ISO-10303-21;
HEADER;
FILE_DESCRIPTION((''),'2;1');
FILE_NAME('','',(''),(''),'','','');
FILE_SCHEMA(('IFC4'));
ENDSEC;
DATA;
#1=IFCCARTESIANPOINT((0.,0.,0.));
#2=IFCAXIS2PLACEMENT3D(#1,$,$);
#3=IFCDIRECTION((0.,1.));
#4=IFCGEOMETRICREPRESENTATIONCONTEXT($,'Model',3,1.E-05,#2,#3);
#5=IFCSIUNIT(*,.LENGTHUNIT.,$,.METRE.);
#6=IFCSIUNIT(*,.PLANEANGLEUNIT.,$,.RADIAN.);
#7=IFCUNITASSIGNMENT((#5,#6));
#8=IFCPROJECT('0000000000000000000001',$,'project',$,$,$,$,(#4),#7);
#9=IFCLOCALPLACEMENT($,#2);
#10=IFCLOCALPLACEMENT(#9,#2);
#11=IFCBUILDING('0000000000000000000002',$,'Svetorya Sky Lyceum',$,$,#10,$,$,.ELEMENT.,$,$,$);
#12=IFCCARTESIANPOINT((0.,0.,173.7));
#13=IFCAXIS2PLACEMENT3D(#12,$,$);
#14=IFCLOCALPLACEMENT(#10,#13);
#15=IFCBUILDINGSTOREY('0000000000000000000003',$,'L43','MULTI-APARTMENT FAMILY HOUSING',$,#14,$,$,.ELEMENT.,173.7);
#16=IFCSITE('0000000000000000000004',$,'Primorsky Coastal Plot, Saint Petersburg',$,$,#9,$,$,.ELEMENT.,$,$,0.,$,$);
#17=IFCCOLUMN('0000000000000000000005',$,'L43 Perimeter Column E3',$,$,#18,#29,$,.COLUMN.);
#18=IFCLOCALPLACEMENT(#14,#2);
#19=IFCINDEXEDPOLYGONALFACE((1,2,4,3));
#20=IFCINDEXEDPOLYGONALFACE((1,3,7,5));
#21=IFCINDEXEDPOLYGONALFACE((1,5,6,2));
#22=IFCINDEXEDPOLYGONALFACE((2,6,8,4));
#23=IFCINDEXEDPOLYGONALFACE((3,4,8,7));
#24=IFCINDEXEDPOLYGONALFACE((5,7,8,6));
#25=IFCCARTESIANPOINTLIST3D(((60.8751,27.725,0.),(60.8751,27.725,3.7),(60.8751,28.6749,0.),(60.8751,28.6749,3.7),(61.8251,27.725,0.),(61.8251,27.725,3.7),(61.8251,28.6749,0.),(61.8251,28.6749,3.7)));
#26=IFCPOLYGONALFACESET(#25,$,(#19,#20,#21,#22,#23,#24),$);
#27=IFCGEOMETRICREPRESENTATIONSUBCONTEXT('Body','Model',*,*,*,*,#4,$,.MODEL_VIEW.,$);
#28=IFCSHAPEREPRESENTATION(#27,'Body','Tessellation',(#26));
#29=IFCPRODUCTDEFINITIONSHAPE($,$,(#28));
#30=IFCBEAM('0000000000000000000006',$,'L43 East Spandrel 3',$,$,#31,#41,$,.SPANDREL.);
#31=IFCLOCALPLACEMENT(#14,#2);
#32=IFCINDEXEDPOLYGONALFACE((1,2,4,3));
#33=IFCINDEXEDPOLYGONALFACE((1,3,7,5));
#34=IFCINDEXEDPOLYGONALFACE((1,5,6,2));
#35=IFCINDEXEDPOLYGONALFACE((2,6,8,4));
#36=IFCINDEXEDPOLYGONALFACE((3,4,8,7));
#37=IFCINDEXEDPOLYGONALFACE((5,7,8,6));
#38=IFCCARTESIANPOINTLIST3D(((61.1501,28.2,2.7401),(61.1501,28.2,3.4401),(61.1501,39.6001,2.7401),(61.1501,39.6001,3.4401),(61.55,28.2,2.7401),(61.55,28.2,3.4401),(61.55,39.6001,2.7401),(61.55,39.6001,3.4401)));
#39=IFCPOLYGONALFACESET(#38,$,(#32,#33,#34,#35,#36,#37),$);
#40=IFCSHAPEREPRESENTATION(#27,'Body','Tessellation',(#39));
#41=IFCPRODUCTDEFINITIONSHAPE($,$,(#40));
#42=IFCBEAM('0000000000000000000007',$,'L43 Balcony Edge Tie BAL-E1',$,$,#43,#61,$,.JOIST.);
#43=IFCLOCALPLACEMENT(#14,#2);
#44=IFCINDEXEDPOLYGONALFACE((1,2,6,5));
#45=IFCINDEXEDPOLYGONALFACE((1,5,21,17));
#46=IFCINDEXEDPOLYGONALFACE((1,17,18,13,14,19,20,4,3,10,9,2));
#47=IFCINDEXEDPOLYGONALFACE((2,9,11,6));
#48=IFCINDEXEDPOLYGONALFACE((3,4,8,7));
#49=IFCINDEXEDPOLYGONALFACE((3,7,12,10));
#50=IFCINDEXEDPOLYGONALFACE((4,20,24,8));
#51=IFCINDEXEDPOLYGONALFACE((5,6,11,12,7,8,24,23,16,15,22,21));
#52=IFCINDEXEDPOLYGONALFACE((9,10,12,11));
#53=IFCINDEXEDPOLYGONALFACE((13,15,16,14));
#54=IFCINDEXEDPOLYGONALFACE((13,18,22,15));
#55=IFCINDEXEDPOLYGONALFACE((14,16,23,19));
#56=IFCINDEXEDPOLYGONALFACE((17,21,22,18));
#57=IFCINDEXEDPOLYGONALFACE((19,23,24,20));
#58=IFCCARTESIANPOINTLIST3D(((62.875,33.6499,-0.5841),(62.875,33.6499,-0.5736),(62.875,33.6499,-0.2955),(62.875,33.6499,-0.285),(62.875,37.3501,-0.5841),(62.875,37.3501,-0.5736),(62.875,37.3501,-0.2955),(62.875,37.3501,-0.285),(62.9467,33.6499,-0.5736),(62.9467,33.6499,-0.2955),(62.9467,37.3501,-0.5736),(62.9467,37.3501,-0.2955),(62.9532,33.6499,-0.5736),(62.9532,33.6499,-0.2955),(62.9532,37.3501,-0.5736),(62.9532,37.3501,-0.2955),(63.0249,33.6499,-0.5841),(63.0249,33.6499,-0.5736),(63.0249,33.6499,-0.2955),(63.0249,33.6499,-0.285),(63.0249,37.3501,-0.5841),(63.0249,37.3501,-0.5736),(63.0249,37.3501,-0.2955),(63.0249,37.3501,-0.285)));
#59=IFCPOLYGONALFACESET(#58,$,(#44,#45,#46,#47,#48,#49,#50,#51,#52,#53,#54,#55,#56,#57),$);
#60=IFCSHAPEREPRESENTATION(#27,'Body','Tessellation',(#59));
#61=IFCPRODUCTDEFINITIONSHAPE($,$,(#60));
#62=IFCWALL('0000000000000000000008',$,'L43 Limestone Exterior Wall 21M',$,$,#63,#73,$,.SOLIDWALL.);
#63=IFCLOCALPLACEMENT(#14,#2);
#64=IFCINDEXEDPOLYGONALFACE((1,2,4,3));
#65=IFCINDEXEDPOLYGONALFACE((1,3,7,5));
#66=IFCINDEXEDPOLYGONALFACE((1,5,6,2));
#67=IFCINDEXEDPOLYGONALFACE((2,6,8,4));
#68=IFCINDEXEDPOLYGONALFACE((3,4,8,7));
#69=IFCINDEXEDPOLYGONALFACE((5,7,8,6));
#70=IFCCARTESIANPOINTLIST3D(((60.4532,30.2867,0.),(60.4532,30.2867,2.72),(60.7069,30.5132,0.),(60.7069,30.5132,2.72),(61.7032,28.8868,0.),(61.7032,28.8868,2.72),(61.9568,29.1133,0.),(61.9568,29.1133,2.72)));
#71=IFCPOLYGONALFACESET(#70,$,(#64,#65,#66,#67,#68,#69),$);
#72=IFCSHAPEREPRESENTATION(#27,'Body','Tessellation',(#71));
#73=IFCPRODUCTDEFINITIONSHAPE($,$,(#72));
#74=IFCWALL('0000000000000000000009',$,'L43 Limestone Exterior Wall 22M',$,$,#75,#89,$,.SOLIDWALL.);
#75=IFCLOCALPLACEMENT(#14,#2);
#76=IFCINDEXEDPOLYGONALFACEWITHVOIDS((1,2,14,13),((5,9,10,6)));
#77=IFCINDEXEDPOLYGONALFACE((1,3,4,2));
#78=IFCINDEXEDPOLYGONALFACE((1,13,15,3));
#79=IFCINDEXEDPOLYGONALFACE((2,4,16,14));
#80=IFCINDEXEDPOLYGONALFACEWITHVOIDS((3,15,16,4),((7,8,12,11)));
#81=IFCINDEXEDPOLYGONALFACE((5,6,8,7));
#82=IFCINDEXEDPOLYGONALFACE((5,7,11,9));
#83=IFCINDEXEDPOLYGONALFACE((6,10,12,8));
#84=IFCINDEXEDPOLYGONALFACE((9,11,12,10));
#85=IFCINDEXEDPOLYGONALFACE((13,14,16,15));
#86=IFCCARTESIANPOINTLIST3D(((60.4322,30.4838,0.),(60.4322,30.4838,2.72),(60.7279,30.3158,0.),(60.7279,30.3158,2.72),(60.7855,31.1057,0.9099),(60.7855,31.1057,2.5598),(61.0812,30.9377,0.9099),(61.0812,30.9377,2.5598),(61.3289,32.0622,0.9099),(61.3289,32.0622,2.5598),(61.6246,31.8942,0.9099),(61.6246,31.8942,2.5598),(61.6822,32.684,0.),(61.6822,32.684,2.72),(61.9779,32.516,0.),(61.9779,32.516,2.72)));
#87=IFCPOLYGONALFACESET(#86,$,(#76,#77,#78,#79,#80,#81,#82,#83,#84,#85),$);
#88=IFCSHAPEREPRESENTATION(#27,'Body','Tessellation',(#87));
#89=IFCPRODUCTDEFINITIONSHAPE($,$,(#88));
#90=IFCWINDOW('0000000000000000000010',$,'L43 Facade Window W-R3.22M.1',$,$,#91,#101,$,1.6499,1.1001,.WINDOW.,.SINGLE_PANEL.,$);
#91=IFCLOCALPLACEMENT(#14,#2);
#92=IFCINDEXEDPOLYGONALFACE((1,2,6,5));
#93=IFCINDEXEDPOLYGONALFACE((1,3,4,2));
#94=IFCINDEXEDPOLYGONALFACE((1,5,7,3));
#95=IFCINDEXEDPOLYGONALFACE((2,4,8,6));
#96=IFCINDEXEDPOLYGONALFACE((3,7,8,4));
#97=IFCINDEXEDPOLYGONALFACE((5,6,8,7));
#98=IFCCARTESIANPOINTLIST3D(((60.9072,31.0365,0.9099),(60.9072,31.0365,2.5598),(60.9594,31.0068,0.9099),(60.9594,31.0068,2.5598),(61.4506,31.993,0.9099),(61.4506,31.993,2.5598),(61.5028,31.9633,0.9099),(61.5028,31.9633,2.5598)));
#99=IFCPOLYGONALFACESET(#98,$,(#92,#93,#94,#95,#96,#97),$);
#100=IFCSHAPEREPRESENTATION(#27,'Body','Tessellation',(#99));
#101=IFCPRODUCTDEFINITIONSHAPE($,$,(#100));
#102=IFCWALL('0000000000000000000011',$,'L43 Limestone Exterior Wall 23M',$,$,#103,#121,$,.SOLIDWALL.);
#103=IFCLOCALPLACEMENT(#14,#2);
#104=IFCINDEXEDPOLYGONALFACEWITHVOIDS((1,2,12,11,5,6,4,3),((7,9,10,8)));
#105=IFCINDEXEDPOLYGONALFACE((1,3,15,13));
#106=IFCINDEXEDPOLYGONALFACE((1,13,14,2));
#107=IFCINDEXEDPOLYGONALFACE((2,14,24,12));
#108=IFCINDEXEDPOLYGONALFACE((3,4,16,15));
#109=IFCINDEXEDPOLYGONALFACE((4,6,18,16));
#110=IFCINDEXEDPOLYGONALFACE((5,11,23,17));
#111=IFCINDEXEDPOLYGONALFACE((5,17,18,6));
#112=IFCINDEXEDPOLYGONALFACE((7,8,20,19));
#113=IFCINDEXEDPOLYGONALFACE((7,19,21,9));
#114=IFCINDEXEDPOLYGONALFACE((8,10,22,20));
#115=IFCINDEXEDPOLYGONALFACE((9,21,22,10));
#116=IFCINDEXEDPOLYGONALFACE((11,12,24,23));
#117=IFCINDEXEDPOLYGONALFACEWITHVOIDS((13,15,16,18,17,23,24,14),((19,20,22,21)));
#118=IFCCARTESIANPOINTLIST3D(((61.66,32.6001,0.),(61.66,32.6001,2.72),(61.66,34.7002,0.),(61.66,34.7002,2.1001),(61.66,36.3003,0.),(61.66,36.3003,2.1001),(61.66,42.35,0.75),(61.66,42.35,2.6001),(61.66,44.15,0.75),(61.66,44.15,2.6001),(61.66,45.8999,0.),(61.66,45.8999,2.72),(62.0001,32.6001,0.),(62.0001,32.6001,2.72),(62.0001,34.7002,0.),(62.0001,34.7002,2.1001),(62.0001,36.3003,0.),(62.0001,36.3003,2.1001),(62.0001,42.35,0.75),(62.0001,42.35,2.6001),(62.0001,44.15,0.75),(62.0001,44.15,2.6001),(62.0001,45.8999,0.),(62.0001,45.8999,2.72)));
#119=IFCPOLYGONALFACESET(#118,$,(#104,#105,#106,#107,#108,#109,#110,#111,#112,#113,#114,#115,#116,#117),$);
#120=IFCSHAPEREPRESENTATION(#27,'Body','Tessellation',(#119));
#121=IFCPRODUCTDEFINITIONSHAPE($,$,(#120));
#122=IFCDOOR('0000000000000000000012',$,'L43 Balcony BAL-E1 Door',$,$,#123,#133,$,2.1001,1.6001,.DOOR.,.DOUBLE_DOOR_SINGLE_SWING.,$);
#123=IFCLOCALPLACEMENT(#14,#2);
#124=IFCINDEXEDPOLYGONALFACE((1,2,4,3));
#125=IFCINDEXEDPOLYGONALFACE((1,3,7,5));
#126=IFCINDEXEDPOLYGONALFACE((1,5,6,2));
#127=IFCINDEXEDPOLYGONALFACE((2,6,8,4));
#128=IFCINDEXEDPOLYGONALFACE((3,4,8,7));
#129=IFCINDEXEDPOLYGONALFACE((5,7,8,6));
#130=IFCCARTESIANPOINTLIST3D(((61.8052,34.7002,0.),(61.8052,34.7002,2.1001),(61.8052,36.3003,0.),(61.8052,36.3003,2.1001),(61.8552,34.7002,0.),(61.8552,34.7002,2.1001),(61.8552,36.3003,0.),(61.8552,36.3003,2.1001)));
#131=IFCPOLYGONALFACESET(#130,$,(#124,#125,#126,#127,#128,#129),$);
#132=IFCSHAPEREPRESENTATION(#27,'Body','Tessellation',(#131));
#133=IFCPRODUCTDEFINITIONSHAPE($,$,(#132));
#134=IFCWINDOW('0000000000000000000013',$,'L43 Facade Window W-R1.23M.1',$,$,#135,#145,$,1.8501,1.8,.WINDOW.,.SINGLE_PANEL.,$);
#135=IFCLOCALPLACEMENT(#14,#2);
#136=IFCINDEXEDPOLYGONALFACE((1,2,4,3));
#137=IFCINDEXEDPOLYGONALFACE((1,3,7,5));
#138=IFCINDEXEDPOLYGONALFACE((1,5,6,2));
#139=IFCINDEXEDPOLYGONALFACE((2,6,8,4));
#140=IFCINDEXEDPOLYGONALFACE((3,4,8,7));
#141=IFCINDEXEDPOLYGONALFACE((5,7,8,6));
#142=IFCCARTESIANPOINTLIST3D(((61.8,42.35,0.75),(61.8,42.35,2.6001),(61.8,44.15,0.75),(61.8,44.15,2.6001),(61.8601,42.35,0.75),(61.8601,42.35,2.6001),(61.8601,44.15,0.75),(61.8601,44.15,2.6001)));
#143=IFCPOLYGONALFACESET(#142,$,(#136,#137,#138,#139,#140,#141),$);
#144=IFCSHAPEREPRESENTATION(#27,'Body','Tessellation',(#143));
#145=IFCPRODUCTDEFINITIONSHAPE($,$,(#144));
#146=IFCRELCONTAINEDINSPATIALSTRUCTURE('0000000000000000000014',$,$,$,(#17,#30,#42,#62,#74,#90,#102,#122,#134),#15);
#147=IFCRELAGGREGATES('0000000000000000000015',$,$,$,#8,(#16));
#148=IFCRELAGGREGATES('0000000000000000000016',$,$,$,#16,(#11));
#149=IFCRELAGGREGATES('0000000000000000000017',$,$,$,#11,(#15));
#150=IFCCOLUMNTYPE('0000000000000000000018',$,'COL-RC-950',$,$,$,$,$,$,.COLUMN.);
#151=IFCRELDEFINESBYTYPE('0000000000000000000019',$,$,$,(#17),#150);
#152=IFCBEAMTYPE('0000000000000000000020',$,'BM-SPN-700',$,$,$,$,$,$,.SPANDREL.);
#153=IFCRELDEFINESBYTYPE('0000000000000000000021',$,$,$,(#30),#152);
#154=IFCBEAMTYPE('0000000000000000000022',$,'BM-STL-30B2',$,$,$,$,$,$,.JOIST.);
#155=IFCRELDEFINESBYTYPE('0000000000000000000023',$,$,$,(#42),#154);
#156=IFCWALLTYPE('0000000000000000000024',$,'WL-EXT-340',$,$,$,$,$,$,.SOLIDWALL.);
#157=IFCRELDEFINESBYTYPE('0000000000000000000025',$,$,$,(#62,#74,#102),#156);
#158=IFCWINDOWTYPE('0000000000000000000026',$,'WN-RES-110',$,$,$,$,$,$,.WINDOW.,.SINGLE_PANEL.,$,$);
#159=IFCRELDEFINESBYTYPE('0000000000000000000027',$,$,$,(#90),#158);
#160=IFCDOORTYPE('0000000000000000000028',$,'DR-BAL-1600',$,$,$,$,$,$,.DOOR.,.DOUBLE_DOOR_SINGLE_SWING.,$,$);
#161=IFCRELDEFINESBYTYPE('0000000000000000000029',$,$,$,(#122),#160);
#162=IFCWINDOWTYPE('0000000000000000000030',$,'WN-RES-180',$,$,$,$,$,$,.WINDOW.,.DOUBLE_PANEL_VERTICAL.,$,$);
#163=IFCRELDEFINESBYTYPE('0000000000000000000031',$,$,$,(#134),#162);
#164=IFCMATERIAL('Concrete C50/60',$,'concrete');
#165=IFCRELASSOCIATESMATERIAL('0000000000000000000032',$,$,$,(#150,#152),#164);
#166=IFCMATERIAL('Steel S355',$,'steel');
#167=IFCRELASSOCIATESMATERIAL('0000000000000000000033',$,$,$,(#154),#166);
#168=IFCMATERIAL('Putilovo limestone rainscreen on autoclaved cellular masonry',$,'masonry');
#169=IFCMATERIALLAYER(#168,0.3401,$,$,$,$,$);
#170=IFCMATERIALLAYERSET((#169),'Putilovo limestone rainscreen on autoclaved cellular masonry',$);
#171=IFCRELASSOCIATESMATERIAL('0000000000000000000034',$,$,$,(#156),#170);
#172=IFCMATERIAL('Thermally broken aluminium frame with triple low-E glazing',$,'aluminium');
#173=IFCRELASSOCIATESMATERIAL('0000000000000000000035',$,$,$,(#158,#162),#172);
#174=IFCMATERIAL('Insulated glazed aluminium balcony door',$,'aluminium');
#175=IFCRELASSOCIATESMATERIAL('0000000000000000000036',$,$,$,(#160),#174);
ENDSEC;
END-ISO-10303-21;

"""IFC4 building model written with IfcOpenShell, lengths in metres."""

from ifc_helpers import new_model, si_unit, direction, frame, frame_2d, origin, origin_2d, place, context, subcontext, project, spatial, rectangle, i_section, extrude, material, layer, layer_set, material_profile, profile_set, type_object, element, fill, save


model = new_model("IFC4")

# Units and contexts
model_context = context("Model", 3, precision=1e-05, world=origin(), true_north=direction((0.0, 1.0)))
body_context = subcontext(model_context, "Body", "Model", "MODEL_VIEW")
ifc_project = project(units=[si_unit("LENGTHUNIT", "METRE"), si_unit("PLANEANGLEUNIT", "RADIAN")], contexts=[model_context])

# Site, building, storey
site_placement = place(None, origin())
site = spatial("IfcSite", under=ifc_project, at=site_placement, Name="Primorsky Coastal Plot, Saint Petersburg", CompositionType="ELEMENT", RefElevation=0.0)
building_placement = place(site_placement, origin())
building = spatial("IfcBuilding", under=site, at=building_placement, Name="Svetorya Sky Lyceum", CompositionType="ELEMENT")
storey_placement = place(building_placement, frame((0.0, 0.0, 173.7)))
storey = spatial("IfcBuildingStorey", under=building, at=storey_placement, Name="L43", Description="MULTI-APARTMENT FAMILY HOUSING", CompositionType="ELEMENT", Elevation=173.7)

# Column
ifc_material_1 = material(Name="Concrete C50/60", Category="concrete")
ifc_material_profile_1 = material_profile(ifc_material_1, rectangle(XDim=0.95, YDim=0.95, at=origin_2d()), Name="RC COL 950x950")
ifc_profile_set_1 = profile_set([ifc_material_profile_1], Name="Concrete C50/60")
column_type = type_object("IfcColumnType", Name="COL-RC-950", PredefinedType="COLUMN", material=ifc_profile_set_1)
column_placement = place(storey_placement, frame((61.3501, 28.2, 0.0), z_axis=(0.0, 0.0, 1.0), x_axis=(1.0, 0.0, 0.0)))
element("IfcColumn", 1, at=column_placement, inside=storey, type_object=column_type, Name="L43 Perimeter Column E3", PredefinedType="COLUMN", context=body_context, shape_type="SweptSolid", body=[
    extrude(rectangle(XDim=0.95, YDim=0.95, at=origin_2d()), origin(), (0.0, 0.0, 1.0), 3.7),
])

# Beams
ifc_material_profile_2 = material_profile(ifc_material_1, rectangle(XDim=0.3999, YDim=0.7, at=origin_2d()), Name="RC SPANDREL 400x700")
ifc_profile_set_2 = profile_set([ifc_material_profile_2], Name="Concrete C50/60")
beam_type_1 = type_object("IfcBeamType", Name="BM-SPN-700", PredefinedType="SPANDREL", material=ifc_profile_set_2)
beam_1_placement = place(storey_placement, frame((61.3501, 28.2, 3.0901), z_axis=(0.0, 1.0, 0.0), x_axis=(-1.0, 0.0, 0.0)))
element("IfcBeam", 2, at=beam_1_placement, inside=storey, type_object=beam_type_1, Name="L43 East Spandrel 3", PredefinedType="SPANDREL", context=body_context, shape_type="SweptSolid", body=[
    extrude(rectangle(XDim=0.3999, YDim=0.7, at=origin_2d()), origin(), (0.0, 0.0, 1.0), 11.4001),
])
ifc_material_2 = material(Name="Steel S355", Category="steel")
ifc_material_profile_3 = material_profile(ifc_material_2, i_section(OverallWidth=0.1499, OverallDepth=0.2991, WebThickness=0.0066, FlangeThickness=0.0105, at=origin_2d()), Name="GOST 30B2")
ifc_profile_set_3 = profile_set([ifc_material_profile_3], Name="Steel S355")
beam_type_2 = type_object("IfcBeamType", Name="BM-STL-30B2", PredefinedType="JOIST", material=ifc_profile_set_3)
beam_2_placement = place(storey_placement, frame((62.95, 33.6499, -0.4346), z_axis=(0.0, 1.0, 0.0), x_axis=(-1.0, 0.0, 0.0)))
element("IfcBeam", 3, at=beam_2_placement, inside=storey, type_object=beam_type_2, Name="L43 Balcony Edge Tie BAL-E1", PredefinedType="JOIST", context=body_context, shape_type="SweptSolid", body=[
    extrude(i_section(OverallWidth=0.1499, OverallDepth=0.2991, WebThickness=0.0066, FlangeThickness=0.0105, at=origin_2d()), origin(), (0.0, 0.0, 1.0), 3.7002),
])

# Wall
ifc_material_3 = material(Name="Putilovo limestone rainscreen on autoclaved cellular masonry", Category="masonry")
ifc_layer_1 = layer(ifc_material_3, 0.3401)
ifc_layer_set_1 = layer_set([ifc_layer_1], Name="Putilovo limestone rainscreen on autoclaved cellular masonry")
wall_type_1 = type_object("IfcWallType", Name="WL-EXT-340", PredefinedType="SOLIDWALL", material=ifc_layer_set_1)
wall_1_placement = place(storey_placement, frame((61.8301, 29.0, 0.0), z_axis=(0.0, 0.0, 1.0), x_axis=(-0.666042, 0.745915, 0.0)))
element("IfcWall", 4, at=wall_1_placement, inside=storey, type_object=wall_type_1, Name="L43 Limestone Exterior Wall 21M", PredefinedType="SOLIDWALL", context=body_context, shape_type="SweptSolid", body=[
    extrude(rectangle(XDim=1.8767, YDim=0.3401, at=frame_2d((0.9385, 0.0))), origin(), (0.0, 0.0, 1.0), 2.72),
])

# Wall, opening, window
wall_2_placement = place(storey_placement, frame((60.5801, 30.3999, 0.0), z_axis=(0.0, 0.0, 1.0), x_axis=(0.493976, 0.869475, 0.0)))
wall_2 = element("IfcWall", 5, at=wall_2_placement, inside=storey, type_object=wall_type_1, Name="L43 Limestone Exterior Wall 22M", PredefinedType="SOLIDWALL", context=body_context, shape_type="SweptSolid", body=[
    extrude(rectangle(XDim=2.5305, YDim=0.3401, at=frame_2d((1.2651, 0.0))), origin(), (0.0, 0.0, 1.0), 2.72),
])
opening_1_placement = place(wall_2_placement, frame((0.7151, 0.0, 0.9099)))
opening_1 = element("IfcOpeningElement", 6, at=opening_1_placement, cuts=wall_2, PredefinedType="OPENING", context=body_context, shape_type="SweptSolid", body=[
    extrude(rectangle(XDim=1.1001, YDim=1.6499, at=frame_2d((0.55, 0.825))), frame((0.0, 0.1799, 0.0), z_axis=(0.0, -1.0, 0.0), x_axis=(1.0, 0.0, 0.0)), (0.0, 0.0, 1.0), 0.3601),
])
ifc_material_4 = material(Name="Thermally broken aluminium frame with triple low-E glazing", Category="aluminium")
window_type_1 = type_object("IfcWindowType", Name="WN-RES-110", PartitioningType="SINGLE_PANEL", PredefinedType="WINDOW", material=ifc_material_4)
window_1_placement = place(opening_1_placement, origin())
window_1 = element("IfcWindow", 7, at=window_1_placement, inside=storey, type_object=window_type_1, Name="L43 Facade Window W-R3.22M.1", OverallHeight=1.6499, OverallWidth=1.1001, PartitioningType="SINGLE_PANEL", PredefinedType="WINDOW", context=body_context, shape_type="SweptSolid", body=[
    extrude(rectangle(XDim=1.1001, YDim=1.6499, at=frame_2d((0.55, 0.825))), frame((0.0, 0.03, 0.0), z_axis=(0.0, -1.0, 0.0), x_axis=(1.0, 0.0, 0.0)), (0.0, 0.0, 1.0), 0.0601),
])
fill(opening_1, window_1)

# Wall, openings, door, window
wall_3_placement = place(storey_placement, frame((61.8301, 32.6001, 0.0), z_axis=(0.0, 0.0, 1.0), x_axis=(0.0, 1.0, 0.0)))
wall_3 = element("IfcWall", 8, at=wall_3_placement, inside=storey, type_object=wall_type_1, Name="L43 Limestone Exterior Wall 23M", PredefinedType="SOLIDWALL", context=body_context, shape_type="SweptSolid", body=[
    extrude(rectangle(XDim=13.2998, YDim=0.3401, at=frame_2d((6.6499, 0.0))), origin(), (0.0, 0.0, 1.0), 2.72),
])
opening_2_placement = place(wall_3_placement, frame((2.1001, 0.0, 0.0)))
opening_2 = element("IfcOpeningElement", 9, at=opening_2_placement, cuts=wall_3, PredefinedType="OPENING", context=body_context, shape_type="SweptSolid", body=[
    extrude(rectangle(XDim=1.6001, YDim=2.1001, at=frame_2d((0.8, 1.05))), frame((0.0, 0.1799, 0.0), z_axis=(0.0, -1.0, 0.0), x_axis=(1.0, 0.0, 0.0)), (0.0, 0.0, 1.0), 0.3601),
])
opening_3_placement = place(wall_3_placement, frame((9.75, 0.0, 0.75)))
opening_3 = element("IfcOpeningElement", 10, at=opening_3_placement, cuts=wall_3, PredefinedType="OPENING", context=body_context, shape_type="SweptSolid", body=[
    extrude(rectangle(XDim=1.8, YDim=1.8501, at=frame_2d((0.8999, 0.925))), frame((0.0, 0.1799, 0.0), z_axis=(0.0, -1.0, 0.0), x_axis=(1.0, 0.0, 0.0)), (0.0, 0.0, 1.0), 0.3601),
])
ifc_material_5 = material(Name="Insulated glazed aluminium balcony door", Category="aluminium")
door_type_1 = type_object("IfcDoorType", Name="DR-BAL-1600", OperationType="DOUBLE_DOOR_SINGLE_SWING", PredefinedType="DOOR", material=ifc_material_5)
door_1_placement = place(opening_2_placement, origin())
door_1 = element("IfcDoor", 11, at=door_1_placement, inside=storey, type_object=door_type_1, Name="L43 Balcony BAL-E1 Door", OperationType="DOUBLE_DOOR_SINGLE_SWING", OverallHeight=2.1001, OverallWidth=1.6001, PredefinedType="DOOR", context=body_context, shape_type="SweptSolid", body=[
    extrude(rectangle(XDim=1.6001, YDim=2.1001, at=frame_2d((0.8, 1.05))), frame((0.0, 0.0249, 0.0), z_axis=(0.0, -1.0, 0.0), x_axis=(1.0, 0.0, 0.0)), (0.0, 0.0, 1.0), 0.05),
])
fill(opening_2, door_1)
window_type_2 = type_object("IfcWindowType", Name="WN-RES-180", PartitioningType="DOUBLE_PANEL_VERTICAL", PredefinedType="WINDOW", material=ifc_material_4)
window_2_placement = place(opening_3_placement, origin())
window_2 = element("IfcWindow", 12, at=window_2_placement, inside=storey, type_object=window_type_2, Name="L43 Facade Window W-R1.23M.1", OverallHeight=1.8501, OverallWidth=1.8, PartitioningType="SINGLE_PANEL", PredefinedType="WINDOW", context=body_context, shape_type="SweptSolid", body=[
    extrude(rectangle(XDim=1.8, YDim=1.8501, at=frame_2d((0.8999, 0.925))), frame((0.0, 0.03, 0.0), z_axis=(0.0, -1.0, 0.0), x_axis=(1.0, 0.0, 0.0)), (0.0, 0.0, 1.0), 0.0601),
])
fill(opening_3, window_2)

save(model, "model.ifc")
